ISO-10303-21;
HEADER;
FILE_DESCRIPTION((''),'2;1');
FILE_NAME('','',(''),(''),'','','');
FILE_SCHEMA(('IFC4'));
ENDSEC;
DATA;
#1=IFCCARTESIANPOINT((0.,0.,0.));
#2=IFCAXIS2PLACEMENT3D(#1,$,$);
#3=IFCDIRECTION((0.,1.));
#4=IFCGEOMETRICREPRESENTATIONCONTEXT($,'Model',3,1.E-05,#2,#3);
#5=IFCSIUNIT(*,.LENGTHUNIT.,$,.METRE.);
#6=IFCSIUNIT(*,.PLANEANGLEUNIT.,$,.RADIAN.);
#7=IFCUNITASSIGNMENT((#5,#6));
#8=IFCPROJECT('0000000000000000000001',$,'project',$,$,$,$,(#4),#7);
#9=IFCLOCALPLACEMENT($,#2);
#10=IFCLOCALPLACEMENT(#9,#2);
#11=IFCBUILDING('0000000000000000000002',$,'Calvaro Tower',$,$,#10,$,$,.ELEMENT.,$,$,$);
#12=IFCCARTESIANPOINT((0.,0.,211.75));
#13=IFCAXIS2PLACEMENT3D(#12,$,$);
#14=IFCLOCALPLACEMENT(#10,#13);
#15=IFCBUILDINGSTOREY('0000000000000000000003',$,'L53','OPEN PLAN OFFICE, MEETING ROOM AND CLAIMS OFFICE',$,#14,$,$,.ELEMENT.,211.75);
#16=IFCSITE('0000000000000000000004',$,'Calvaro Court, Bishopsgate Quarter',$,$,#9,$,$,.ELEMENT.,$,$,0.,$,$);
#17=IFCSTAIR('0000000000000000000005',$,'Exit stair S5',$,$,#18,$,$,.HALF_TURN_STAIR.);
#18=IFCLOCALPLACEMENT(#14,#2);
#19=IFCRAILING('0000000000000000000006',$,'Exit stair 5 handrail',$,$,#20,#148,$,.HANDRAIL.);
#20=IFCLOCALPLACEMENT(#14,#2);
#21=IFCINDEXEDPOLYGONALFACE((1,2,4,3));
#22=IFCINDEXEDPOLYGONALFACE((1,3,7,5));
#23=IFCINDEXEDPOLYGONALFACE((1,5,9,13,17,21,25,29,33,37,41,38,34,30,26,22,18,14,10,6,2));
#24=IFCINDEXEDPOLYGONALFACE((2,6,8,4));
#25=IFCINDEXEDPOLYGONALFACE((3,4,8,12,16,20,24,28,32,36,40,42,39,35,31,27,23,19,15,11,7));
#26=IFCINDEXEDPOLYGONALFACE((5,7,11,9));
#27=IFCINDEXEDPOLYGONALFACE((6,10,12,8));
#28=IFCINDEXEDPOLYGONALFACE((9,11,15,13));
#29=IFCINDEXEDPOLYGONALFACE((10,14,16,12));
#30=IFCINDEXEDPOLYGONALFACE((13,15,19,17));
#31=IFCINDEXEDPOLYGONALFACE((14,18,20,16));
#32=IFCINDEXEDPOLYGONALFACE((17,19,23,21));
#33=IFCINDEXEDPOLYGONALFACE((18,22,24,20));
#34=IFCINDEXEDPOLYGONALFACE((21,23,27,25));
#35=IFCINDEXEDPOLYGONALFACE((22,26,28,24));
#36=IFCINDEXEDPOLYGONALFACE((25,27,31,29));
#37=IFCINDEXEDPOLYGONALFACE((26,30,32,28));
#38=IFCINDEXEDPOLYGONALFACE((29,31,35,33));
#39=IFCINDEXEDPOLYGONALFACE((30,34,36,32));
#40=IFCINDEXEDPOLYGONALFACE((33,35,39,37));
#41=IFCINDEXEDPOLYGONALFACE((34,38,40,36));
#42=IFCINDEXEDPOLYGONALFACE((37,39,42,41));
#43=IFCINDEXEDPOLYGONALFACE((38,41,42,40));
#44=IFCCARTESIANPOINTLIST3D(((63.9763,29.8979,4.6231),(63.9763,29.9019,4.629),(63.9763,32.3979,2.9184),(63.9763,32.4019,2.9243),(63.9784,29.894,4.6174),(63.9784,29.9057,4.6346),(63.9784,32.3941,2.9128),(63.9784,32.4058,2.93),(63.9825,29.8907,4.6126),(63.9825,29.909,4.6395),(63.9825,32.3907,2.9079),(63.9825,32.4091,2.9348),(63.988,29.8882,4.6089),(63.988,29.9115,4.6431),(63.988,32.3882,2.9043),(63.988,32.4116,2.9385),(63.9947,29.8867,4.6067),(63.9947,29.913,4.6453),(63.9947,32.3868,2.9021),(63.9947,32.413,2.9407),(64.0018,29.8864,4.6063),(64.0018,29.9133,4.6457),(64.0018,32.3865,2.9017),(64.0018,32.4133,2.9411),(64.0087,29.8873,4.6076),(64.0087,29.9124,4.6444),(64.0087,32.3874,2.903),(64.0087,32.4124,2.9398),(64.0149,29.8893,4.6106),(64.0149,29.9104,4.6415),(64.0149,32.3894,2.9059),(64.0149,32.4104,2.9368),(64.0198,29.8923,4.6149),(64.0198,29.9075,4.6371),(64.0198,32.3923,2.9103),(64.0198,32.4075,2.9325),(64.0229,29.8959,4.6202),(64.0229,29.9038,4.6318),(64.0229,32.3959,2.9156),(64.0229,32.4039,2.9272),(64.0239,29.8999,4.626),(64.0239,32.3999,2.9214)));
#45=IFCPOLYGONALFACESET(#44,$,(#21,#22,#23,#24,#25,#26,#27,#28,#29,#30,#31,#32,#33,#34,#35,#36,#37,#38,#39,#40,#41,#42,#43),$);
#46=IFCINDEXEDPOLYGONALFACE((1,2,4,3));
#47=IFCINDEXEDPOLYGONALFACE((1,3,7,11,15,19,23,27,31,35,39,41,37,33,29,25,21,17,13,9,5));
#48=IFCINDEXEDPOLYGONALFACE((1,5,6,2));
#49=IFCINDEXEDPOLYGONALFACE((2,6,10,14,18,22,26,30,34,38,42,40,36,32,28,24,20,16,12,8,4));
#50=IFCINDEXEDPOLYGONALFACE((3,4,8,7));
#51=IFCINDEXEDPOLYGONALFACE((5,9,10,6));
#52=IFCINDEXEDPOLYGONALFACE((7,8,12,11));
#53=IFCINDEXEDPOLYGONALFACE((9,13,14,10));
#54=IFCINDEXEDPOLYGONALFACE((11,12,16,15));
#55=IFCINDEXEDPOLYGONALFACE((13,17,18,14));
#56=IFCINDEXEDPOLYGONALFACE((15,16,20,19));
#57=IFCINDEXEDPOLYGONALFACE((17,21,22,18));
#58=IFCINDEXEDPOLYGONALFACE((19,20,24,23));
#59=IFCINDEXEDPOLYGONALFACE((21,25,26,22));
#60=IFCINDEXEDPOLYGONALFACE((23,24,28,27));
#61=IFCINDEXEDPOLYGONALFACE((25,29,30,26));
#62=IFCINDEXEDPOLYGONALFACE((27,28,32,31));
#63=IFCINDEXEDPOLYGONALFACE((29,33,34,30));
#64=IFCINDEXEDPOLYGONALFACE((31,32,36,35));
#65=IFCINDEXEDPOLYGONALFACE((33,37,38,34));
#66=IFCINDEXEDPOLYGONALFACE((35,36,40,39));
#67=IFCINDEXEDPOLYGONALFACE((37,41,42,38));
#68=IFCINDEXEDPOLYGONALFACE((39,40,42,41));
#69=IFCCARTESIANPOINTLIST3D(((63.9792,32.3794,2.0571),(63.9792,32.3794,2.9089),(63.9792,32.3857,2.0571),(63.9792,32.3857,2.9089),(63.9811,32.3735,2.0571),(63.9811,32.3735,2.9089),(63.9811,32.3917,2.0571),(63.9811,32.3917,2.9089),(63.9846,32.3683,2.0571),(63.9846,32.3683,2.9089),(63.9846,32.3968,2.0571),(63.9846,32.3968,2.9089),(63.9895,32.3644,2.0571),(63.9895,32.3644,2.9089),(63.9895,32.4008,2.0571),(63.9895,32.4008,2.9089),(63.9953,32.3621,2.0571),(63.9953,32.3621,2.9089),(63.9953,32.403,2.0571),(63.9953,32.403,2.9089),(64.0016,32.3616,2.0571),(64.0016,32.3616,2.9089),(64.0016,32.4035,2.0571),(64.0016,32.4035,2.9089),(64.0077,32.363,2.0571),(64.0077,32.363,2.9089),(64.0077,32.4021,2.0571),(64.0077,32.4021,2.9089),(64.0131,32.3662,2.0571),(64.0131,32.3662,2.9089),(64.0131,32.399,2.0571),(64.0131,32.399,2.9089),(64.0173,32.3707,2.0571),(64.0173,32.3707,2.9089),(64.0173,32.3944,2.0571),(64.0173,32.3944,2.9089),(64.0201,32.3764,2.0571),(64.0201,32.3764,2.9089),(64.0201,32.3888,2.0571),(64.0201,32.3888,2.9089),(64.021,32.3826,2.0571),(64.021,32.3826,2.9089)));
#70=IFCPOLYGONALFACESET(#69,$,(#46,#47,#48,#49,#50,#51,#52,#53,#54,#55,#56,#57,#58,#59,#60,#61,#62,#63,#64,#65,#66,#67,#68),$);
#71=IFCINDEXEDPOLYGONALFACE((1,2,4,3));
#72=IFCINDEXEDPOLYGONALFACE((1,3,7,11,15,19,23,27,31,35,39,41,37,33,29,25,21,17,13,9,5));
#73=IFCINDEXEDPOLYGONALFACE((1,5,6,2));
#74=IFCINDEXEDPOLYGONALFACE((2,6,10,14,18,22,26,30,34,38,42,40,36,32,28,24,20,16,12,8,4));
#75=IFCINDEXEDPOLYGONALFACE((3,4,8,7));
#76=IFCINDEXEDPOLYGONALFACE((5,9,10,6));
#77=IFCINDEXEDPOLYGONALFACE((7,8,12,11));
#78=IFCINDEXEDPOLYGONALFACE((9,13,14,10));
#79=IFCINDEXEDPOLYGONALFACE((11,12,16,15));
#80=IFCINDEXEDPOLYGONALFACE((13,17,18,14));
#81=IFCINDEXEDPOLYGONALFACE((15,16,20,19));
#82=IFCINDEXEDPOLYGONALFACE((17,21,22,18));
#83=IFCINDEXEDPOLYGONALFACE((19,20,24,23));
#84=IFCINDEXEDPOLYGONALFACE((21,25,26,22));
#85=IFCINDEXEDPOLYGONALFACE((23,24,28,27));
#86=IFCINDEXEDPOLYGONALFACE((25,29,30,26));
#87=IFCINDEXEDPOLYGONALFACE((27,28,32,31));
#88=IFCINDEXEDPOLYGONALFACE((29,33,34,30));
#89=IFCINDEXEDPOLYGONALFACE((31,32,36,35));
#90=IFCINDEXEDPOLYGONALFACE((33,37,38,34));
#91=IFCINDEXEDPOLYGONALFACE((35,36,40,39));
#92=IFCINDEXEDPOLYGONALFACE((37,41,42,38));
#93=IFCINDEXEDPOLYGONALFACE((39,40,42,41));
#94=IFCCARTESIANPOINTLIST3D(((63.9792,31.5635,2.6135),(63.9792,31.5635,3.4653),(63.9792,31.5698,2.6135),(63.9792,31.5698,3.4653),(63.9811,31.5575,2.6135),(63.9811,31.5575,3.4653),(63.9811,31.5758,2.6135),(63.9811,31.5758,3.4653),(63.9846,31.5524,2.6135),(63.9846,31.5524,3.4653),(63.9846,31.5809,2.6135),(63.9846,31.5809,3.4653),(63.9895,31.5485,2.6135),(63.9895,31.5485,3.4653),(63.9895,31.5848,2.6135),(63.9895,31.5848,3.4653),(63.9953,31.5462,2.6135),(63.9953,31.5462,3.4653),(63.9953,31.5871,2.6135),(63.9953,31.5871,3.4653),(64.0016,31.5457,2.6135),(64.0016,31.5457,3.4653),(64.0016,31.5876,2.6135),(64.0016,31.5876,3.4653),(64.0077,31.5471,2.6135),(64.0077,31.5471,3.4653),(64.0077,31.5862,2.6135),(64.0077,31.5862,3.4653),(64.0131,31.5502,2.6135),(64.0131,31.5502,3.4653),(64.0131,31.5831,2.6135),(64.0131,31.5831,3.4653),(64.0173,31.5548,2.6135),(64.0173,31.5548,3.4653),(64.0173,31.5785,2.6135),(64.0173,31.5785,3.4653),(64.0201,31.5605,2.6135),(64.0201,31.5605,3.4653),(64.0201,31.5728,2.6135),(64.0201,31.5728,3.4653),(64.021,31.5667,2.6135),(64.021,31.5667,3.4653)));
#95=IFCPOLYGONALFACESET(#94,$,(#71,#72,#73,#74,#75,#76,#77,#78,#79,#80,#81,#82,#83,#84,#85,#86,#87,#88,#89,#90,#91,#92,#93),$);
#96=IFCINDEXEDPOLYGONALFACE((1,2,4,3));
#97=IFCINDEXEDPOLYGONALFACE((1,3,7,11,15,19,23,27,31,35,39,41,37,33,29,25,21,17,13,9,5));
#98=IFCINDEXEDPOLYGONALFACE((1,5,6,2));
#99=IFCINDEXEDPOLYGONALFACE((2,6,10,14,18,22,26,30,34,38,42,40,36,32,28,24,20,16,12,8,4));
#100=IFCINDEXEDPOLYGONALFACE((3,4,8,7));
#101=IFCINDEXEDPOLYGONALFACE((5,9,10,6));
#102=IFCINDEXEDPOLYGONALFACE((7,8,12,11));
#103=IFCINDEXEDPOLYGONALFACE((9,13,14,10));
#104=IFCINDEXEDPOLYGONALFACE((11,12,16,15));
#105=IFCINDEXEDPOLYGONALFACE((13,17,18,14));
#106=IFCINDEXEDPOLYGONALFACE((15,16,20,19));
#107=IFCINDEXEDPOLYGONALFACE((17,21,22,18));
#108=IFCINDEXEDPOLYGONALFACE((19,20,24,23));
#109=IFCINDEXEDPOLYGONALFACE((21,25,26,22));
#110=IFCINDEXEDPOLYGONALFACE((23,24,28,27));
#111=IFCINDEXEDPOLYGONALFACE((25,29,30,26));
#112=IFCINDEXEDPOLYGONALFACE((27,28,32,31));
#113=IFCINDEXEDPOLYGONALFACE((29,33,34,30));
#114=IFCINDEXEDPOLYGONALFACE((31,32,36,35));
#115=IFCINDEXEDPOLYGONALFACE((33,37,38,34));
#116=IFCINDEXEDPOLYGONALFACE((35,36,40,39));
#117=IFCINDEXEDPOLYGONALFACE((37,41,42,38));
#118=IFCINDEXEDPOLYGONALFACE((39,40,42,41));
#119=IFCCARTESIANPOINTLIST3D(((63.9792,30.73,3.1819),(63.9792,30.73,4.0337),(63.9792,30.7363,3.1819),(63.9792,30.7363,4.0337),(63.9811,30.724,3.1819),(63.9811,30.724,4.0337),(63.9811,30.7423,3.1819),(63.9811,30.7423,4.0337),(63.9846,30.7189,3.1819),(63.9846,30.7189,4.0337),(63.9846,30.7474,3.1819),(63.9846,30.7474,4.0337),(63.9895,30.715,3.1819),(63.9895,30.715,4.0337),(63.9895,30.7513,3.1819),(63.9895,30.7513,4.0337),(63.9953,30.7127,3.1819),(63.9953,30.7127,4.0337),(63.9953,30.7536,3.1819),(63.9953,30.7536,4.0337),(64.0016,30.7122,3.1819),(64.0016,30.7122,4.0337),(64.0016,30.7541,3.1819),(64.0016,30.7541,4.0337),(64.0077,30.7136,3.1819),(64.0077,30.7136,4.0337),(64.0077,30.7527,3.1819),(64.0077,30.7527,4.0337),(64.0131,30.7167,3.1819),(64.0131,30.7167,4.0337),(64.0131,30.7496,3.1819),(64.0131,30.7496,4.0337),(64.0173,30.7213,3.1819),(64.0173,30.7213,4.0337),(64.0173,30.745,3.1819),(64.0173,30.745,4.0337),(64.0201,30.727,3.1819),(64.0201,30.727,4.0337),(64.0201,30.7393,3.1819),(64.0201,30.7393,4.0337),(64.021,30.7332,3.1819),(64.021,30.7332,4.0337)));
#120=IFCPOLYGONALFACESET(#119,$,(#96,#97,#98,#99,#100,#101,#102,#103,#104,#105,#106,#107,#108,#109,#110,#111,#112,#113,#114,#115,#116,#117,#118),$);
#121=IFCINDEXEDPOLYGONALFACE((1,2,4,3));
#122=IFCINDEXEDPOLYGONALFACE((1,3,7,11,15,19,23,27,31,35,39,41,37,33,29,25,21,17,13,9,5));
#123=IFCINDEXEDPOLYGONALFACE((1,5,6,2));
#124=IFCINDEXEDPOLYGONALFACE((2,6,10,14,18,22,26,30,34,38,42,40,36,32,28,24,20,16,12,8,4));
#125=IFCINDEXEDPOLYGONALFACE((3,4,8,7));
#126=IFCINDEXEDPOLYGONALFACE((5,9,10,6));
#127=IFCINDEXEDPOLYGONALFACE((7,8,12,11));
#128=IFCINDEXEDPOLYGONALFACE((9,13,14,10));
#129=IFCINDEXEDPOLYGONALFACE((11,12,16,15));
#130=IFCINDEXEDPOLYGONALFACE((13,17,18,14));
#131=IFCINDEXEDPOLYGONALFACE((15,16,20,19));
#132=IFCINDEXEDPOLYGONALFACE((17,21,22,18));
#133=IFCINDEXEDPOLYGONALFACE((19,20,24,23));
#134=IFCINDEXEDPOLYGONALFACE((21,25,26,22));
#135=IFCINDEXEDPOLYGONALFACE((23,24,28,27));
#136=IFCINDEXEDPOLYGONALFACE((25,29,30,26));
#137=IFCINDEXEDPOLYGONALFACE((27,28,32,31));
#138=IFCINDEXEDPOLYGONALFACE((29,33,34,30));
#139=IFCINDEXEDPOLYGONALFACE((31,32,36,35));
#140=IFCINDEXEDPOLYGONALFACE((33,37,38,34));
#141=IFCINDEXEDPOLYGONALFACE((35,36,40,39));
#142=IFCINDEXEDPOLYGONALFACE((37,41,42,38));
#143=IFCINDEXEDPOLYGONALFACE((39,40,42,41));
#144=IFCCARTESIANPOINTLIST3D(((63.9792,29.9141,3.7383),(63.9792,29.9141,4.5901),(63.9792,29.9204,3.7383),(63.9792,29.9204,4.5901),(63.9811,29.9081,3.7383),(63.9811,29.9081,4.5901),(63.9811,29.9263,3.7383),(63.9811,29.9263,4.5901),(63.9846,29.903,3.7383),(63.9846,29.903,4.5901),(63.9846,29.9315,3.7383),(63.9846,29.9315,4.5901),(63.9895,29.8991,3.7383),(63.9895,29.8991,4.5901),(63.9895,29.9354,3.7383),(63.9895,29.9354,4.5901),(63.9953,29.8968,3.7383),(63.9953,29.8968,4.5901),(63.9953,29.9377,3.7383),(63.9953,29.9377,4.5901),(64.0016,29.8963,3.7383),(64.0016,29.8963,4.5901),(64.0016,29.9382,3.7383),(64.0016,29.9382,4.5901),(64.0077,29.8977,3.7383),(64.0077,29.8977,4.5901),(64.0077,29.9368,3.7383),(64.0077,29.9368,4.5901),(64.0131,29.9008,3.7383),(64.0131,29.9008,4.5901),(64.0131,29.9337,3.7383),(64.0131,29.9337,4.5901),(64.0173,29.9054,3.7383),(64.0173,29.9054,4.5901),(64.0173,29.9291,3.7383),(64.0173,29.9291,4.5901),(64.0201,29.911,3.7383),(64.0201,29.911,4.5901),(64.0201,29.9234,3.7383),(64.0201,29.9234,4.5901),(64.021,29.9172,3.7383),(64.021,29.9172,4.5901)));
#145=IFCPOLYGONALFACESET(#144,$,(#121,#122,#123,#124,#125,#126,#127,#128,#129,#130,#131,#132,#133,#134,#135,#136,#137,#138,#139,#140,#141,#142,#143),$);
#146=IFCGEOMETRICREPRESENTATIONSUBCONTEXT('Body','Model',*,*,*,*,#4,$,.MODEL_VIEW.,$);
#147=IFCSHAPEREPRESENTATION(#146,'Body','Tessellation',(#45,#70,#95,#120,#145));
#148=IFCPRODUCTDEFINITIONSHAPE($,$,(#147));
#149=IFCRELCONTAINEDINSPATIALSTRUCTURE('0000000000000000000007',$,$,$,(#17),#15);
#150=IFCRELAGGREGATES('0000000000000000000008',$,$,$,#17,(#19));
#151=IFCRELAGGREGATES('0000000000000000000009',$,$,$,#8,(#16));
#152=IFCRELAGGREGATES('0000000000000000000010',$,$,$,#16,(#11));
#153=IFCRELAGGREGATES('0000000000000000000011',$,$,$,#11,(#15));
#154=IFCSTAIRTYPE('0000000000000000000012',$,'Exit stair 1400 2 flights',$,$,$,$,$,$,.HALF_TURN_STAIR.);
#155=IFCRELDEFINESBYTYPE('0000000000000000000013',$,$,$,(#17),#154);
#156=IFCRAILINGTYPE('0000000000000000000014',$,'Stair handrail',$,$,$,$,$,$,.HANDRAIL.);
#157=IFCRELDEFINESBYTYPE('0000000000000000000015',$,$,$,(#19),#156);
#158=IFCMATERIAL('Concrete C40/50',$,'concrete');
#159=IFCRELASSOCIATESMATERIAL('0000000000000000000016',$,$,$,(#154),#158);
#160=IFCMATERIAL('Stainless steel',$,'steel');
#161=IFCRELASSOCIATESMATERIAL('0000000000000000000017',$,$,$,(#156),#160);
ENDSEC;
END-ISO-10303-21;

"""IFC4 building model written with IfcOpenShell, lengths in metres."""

from ifc_helpers import new_model, si_unit, direction, frame, origin, origin_2d, place, context, subcontext, project, spatial, circle, extrude, material, type_object, element, aggregate, save


model = new_model("IFC4")

# Units and contexts
model_context = context("Model", 3, precision=1e-05, world=origin(), true_north=direction((0.0, 1.0)))
body_context = subcontext(model_context, "Body", "Model", "MODEL_VIEW")
ifc_project = project(units=[si_unit("LENGTHUNIT", "METRE"), si_unit("PLANEANGLEUNIT", "RADIAN")], contexts=[model_context])

# Site, building, storey
site_placement = place(None, origin())
site = spatial("IfcSite", under=ifc_project, at=site_placement, Name="Calvaro Court, Bishopsgate Quarter", CompositionType="ELEMENT", RefElevation=0.0)
building_placement = place(site_placement, origin())
building = spatial("IfcBuilding", under=site, at=building_placement, Name="Calvaro Tower", CompositionType="ELEMENT")
storey_placement = place(building_placement, frame((0.0, 0.0, 211.75)))
storey = spatial("IfcBuildingStorey", under=building, at=storey_placement, Name="L53", Description="OPEN PLAN OFFICE, MEETING ROOM AND CLAIMS OFFICE", CompositionType="ELEMENT", Elevation=211.75)

# Stair, railing
ifc_material_1 = material(Name="Concrete C40/50", Category="concrete")
stair_type = type_object("IfcStairType", Name="Exit stair 1400 2 flights", PredefinedType="HALF_TURN_STAIR", material=ifc_material_1)
stair_placement = place(storey_placement, origin())
stair = element("IfcStair", 1, at=stair_placement, inside=storey, type_object=stair_type, Name="Exit stair S5", PredefinedType="HALF_TURN_STAIR")
ifc_material_2 = material(Name="Stainless steel", Category="steel")
railing_type = type_object("IfcRailingType", Name="Stair handrail", PredefinedType="HANDRAIL", material=ifc_material_2)
railing_placement = place(storey_placement, frame((64.0, 32.3999, 2.0454)))
railing = element("IfcRailing", 2, at=railing_placement, type_object=railing_type, Name="Exit stair 5 handrail", PredefinedType="HANDRAIL", context=body_context, shape_type="SweptSolid", body=[
    extrude(circle(Radius=0.0239, at=origin_2d()), frame((0.0, 0.0, 0.876), z_axis=(0.0, -0.826221, 0.563347), x_axis=(1.0, 0.0, 0.0)), (0.0, 0.0, 1.0), 3.0259),
    extrude(circle(Radius=0.021, at=origin_2d()), frame((0.0, -0.0173, 0.0117)), (0.0, 0.0, 1.0), 0.8518),
    extrude(circle(Radius=0.021, at=origin_2d()), frame((0.0, -0.8333, 0.5681)), (0.0, 0.0, 1.0), 0.8518),
    extrude(circle(Radius=0.021, at=origin_2d()), frame((0.0, -1.6667, 1.1365)), (0.0, 0.0, 1.0), 0.8518),
    extrude(circle(Radius=0.021, at=origin_2d()), frame((0.0, -2.4827, 1.6929)), (0.0, 0.0, 1.0), 0.8518),
])
aggregate(stair, [railing])

save(model, "model.ifc")
